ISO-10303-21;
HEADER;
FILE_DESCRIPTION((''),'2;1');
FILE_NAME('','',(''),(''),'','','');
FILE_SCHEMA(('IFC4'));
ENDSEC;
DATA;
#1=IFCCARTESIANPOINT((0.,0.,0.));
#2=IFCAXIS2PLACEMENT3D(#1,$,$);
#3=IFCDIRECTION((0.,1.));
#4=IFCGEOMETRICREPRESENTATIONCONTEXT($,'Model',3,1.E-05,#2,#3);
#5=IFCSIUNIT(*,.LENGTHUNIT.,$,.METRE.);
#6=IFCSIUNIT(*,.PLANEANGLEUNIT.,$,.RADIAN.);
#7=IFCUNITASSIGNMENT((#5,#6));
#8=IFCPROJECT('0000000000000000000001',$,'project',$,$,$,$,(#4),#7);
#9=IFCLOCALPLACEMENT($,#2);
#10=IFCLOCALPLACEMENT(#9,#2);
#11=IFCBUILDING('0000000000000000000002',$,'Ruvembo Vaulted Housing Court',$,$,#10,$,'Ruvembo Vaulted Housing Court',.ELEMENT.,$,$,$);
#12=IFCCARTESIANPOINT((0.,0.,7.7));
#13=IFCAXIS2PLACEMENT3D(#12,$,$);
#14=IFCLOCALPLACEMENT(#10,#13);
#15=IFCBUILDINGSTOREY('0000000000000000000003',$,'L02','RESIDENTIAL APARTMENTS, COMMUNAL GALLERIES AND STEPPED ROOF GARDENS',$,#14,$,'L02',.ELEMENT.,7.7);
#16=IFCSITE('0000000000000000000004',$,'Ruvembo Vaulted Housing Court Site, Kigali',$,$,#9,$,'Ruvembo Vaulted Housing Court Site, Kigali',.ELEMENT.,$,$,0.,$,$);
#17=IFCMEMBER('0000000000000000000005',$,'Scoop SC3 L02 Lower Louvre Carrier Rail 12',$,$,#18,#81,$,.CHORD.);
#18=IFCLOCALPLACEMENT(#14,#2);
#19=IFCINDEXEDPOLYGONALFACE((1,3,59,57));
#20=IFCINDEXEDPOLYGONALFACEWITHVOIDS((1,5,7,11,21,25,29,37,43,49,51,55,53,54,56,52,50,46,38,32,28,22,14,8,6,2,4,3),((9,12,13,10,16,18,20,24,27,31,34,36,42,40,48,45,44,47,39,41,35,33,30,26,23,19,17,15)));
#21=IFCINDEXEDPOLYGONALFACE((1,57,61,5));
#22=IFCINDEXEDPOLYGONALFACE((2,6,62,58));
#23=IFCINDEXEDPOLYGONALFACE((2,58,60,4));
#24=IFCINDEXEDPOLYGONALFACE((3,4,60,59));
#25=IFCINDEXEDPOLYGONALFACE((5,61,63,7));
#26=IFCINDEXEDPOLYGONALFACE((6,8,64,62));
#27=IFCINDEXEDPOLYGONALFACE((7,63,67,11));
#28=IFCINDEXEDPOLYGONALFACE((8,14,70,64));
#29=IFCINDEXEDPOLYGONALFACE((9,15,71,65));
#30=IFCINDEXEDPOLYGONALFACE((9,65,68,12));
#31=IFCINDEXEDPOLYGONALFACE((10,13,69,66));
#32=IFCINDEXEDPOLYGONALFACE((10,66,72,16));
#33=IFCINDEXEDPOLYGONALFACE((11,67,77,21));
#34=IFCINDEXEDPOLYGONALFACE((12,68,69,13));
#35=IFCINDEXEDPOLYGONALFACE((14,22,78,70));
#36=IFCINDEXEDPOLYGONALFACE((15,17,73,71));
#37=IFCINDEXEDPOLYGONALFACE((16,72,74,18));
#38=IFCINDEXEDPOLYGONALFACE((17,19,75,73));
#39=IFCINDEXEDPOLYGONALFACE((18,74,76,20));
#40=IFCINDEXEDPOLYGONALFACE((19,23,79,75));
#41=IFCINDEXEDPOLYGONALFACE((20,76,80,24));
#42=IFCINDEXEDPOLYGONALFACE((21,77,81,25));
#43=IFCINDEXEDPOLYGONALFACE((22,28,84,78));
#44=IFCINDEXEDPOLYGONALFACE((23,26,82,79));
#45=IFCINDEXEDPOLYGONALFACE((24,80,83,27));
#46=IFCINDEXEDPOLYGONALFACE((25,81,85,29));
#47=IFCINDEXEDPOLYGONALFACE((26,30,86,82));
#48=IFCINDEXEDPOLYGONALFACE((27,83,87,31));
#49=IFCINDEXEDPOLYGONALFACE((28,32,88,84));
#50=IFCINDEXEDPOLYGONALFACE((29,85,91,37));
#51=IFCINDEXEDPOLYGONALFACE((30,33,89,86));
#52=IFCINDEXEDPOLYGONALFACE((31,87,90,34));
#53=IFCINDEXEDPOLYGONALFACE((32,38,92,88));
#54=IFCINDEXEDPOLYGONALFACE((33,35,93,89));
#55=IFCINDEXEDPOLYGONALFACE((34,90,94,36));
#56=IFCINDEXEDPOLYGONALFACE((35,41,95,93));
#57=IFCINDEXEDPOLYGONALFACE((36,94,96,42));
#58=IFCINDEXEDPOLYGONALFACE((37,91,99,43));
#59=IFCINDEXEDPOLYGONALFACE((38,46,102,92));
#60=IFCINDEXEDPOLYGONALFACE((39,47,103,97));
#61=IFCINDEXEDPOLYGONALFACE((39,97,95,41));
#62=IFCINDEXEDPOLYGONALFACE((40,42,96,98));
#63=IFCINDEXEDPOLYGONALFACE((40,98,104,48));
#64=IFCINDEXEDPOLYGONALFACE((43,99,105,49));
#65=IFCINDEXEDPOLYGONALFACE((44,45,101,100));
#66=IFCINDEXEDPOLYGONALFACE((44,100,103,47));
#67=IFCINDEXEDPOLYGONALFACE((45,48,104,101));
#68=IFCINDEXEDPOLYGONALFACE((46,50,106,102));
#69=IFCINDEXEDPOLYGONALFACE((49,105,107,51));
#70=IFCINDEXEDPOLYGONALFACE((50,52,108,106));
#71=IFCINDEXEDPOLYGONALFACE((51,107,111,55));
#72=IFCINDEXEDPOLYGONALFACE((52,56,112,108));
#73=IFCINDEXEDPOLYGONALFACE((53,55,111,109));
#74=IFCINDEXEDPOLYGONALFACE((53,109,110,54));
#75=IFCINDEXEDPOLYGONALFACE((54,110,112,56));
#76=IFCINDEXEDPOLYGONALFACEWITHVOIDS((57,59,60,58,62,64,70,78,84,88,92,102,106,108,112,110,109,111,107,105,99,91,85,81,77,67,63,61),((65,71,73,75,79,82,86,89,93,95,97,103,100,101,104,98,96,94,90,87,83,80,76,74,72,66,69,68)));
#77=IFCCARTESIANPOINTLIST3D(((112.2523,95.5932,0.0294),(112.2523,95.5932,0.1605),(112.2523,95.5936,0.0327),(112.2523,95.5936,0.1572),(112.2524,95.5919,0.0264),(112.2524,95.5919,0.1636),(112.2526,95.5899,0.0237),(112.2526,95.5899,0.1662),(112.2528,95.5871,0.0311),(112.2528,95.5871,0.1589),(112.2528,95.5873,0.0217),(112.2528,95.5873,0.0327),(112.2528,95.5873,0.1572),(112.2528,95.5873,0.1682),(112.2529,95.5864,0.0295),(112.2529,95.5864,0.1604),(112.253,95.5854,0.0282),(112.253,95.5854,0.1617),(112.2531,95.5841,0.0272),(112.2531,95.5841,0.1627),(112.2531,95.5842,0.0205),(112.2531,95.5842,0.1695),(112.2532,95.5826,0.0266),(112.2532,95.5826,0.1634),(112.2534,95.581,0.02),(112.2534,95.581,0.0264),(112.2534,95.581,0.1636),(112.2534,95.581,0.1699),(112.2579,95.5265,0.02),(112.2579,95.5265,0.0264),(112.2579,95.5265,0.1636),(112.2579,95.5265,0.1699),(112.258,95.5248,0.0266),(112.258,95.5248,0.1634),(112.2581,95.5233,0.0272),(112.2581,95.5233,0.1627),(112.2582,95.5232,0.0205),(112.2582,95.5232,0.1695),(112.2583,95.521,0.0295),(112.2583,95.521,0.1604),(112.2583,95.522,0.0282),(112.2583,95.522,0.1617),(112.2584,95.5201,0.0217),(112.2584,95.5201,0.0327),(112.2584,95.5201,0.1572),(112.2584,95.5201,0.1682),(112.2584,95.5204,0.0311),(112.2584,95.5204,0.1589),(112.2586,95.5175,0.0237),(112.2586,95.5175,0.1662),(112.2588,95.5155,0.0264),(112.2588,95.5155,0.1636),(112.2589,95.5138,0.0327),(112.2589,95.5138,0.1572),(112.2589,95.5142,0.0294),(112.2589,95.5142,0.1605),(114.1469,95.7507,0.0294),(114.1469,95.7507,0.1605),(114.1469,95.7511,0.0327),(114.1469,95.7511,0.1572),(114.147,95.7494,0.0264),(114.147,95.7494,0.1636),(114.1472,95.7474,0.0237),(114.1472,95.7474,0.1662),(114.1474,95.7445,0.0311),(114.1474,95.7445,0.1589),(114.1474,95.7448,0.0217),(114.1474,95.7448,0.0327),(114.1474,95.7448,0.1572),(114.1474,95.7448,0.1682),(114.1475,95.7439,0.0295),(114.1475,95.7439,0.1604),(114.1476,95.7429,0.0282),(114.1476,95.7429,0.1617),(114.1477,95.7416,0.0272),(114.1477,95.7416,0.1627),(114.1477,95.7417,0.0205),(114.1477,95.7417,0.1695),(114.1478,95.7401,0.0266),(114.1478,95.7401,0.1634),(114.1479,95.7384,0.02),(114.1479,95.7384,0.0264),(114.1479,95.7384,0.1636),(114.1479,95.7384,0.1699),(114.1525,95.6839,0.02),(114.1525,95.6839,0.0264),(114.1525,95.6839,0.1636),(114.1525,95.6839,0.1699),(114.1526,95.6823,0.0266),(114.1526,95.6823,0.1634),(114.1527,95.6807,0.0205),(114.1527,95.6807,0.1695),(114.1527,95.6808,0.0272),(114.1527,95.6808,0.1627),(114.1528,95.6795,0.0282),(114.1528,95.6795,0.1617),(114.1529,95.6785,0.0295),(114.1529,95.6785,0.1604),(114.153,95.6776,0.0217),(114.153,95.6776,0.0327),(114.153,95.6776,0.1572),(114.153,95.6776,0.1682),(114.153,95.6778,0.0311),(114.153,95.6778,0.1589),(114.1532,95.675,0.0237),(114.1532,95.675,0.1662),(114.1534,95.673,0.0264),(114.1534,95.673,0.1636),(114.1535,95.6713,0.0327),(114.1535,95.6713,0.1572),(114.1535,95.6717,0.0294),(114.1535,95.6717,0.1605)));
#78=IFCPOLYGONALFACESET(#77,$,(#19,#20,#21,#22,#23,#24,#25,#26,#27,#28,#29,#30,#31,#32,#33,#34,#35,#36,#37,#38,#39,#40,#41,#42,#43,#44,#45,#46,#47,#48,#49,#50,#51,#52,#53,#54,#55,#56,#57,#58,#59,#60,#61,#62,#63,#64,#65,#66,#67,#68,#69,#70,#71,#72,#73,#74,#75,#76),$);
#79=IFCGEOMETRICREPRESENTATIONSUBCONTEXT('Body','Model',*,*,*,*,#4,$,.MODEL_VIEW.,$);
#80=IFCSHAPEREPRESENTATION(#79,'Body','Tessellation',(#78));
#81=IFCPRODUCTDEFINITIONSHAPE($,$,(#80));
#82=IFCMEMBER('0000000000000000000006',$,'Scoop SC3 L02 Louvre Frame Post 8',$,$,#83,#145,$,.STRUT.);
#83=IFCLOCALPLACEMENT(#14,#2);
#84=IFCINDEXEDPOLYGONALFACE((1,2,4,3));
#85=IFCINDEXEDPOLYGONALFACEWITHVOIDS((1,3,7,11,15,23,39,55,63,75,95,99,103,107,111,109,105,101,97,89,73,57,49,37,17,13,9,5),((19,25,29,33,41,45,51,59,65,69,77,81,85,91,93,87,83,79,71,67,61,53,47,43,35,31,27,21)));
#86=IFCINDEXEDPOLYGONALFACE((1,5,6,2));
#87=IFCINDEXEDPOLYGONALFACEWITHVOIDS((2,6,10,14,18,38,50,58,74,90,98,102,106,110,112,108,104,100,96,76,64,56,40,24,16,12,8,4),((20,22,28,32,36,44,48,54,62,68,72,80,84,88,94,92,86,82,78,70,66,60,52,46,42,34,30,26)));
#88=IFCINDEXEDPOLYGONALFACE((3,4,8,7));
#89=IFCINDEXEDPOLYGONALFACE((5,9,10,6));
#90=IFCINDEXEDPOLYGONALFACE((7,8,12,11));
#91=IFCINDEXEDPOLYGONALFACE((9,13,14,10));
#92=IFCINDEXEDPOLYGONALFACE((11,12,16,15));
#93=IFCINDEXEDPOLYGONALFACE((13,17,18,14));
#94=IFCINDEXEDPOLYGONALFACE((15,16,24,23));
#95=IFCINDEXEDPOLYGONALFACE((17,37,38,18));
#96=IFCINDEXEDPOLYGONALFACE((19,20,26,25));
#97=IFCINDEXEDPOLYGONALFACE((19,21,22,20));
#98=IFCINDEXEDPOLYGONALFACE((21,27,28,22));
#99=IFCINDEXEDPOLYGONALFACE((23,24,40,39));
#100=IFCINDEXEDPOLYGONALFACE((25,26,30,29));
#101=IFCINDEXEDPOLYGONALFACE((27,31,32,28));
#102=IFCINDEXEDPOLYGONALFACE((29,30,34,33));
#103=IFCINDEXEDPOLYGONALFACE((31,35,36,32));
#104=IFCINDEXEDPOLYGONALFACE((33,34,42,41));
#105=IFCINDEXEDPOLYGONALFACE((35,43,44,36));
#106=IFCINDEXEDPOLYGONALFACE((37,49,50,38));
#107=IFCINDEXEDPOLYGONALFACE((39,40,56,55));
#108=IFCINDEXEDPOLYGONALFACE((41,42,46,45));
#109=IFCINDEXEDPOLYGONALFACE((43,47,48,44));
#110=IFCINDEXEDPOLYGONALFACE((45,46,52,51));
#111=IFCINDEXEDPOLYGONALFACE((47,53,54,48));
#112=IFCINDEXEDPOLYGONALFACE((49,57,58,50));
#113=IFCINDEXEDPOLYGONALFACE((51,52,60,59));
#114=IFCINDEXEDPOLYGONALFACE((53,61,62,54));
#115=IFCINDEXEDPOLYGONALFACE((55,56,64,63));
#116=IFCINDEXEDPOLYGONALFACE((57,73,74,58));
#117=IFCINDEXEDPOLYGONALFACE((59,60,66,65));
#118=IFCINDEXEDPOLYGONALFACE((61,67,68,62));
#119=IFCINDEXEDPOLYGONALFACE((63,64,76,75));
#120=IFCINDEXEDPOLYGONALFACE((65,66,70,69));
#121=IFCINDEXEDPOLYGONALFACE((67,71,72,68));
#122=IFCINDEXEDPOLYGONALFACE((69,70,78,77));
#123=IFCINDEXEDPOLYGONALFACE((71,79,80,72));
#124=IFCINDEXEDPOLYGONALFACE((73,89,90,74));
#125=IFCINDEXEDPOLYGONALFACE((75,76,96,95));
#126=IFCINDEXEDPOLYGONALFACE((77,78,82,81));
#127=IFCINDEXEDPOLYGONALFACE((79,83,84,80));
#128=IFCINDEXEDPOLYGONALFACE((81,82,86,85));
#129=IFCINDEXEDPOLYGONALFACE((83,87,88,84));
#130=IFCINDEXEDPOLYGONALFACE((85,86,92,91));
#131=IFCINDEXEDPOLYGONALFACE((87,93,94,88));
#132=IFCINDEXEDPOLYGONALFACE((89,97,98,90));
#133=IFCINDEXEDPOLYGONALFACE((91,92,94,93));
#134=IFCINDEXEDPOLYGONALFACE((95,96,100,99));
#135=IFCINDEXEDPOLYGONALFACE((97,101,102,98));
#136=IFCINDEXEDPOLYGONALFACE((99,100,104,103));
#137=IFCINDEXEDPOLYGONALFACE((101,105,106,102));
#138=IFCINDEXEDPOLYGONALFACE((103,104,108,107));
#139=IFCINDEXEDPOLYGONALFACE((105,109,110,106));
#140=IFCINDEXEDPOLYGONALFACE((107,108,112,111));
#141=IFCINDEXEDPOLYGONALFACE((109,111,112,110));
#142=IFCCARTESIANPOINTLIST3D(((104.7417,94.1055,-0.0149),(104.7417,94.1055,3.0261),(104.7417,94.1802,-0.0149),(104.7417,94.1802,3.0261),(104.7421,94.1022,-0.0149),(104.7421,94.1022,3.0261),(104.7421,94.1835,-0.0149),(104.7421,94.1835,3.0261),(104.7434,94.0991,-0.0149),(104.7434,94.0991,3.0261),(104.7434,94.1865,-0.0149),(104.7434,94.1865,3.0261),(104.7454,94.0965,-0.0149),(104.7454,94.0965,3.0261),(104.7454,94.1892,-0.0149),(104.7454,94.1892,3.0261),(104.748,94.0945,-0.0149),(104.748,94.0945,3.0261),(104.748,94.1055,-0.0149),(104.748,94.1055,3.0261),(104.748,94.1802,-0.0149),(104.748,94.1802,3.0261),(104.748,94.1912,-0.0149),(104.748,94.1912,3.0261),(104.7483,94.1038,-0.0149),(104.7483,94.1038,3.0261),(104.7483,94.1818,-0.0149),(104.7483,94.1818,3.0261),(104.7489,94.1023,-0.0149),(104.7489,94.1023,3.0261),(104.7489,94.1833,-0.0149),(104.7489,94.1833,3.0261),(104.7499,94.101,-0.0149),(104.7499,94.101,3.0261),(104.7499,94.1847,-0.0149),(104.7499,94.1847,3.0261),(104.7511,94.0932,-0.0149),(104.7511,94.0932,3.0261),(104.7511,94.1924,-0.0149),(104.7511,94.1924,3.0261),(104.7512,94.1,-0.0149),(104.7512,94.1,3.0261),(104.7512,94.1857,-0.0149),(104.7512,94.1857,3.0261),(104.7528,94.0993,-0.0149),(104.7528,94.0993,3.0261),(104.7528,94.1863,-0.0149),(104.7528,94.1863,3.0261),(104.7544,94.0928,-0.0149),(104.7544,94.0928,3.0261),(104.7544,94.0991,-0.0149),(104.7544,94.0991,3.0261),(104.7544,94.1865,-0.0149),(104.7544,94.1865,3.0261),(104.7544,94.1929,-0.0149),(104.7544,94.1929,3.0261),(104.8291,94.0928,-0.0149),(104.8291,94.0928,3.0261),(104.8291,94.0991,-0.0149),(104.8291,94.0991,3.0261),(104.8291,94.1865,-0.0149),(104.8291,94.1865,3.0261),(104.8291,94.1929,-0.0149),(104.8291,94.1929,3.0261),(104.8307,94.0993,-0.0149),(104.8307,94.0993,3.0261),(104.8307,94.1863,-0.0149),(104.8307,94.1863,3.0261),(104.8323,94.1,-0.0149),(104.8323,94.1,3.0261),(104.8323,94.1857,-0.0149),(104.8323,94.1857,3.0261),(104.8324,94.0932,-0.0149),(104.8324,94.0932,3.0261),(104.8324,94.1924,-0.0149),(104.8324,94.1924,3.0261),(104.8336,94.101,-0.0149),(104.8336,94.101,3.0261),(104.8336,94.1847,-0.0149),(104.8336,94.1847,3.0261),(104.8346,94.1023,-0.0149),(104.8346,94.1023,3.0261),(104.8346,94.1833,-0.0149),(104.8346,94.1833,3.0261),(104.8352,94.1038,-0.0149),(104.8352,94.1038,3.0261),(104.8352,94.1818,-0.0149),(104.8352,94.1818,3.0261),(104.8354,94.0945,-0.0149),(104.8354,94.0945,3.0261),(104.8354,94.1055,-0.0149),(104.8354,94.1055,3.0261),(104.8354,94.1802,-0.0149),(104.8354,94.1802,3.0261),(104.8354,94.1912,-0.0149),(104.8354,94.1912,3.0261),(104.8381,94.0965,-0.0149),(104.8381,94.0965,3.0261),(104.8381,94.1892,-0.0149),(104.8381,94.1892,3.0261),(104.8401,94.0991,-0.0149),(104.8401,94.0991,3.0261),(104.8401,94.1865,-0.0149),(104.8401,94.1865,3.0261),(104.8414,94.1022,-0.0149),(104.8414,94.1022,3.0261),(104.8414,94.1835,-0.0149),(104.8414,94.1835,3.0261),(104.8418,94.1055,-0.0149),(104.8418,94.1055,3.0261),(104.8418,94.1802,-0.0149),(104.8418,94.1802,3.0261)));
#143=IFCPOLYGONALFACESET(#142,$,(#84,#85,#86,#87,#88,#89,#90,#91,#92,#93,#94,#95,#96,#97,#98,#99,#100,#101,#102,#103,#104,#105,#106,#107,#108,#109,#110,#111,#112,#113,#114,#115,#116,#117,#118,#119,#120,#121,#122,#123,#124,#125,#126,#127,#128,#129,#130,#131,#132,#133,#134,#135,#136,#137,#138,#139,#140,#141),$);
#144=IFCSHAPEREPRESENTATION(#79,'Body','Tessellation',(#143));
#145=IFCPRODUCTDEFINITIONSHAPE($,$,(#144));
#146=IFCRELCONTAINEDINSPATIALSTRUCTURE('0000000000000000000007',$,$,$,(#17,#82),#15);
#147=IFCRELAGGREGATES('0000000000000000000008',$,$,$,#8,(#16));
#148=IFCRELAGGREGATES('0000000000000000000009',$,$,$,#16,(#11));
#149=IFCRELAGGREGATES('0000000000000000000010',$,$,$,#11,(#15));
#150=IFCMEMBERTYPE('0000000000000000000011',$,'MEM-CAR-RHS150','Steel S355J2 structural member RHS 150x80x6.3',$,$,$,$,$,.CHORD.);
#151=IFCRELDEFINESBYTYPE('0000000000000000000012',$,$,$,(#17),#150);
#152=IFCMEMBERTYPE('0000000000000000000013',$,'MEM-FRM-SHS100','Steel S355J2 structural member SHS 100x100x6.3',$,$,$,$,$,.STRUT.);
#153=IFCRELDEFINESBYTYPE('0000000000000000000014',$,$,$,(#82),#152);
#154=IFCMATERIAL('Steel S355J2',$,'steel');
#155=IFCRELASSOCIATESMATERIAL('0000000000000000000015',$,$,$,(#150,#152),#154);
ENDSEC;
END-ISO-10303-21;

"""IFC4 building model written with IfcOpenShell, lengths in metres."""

from ifc_helpers import new_model, si_unit, direction, frame, origin, origin_2d, place, context, subcontext, project, spatial, hollow_rectangle, extrude, material, material_profile, profile_set, type_object, element, save


model = new_model("IFC4")

# Units and contexts
model_context = context("Model", 3, precision=1e-05, world=origin(), true_north=direction((0.0, 1.0)))
body_context = subcontext(model_context, "Body", "Model", "MODEL_VIEW")
ifc_project = project(units=[si_unit("LENGTHUNIT", "METRE"), si_unit("PLANEANGLEUNIT", "RADIAN")], contexts=[model_context])

# Site, building, storey
site_placement = place(None, origin())
site = spatial("IfcSite", under=ifc_project, at=site_placement, Name="Ruvembo Vaulted Housing Court Site, Kigali", LongName="Ruvembo Vaulted Housing Court Site, Kigali", CompositionType="ELEMENT", RefElevation=0.0)
building_placement = place(site_placement, origin())
building = spatial("IfcBuilding", under=site, at=building_placement, Name="Ruvembo Vaulted Housing Court", LongName="Ruvembo Vaulted Housing Court", CompositionType="ELEMENT")
storey_placement = place(building_placement, frame((0.0, 0.0, 7.7)))
storey = spatial("IfcBuildingStorey", under=building, at=storey_placement, Name="L02", Description="RESIDENTIAL APARTMENTS, COMMUNAL GALLERIES AND STEPPED ROOF GARDENS", LongName="L02", CompositionType="ELEMENT", Elevation=7.7)

# Shared definitions
ifc_material_1 = material(Name="Steel S355J2", Category="steel")

# Members
ifc_material_profile_1 = material_profile(ifc_material_1, hollow_rectangle(XDim=0.0801, YDim=0.1499, WallThickness=0.0063, InnerFilletRadius=0.0063, OuterFilletRadius=0.0127, at=origin_2d()), Name="RHS 150x80x6.3")
ifc_profile_set_1 = profile_set([ifc_material_profile_1], Name="Steel S355J2")
member_type_1 = type_object("IfcMemberType", Name="MEM-CAR-RHS150", Description="Steel S355J2 structural member RHS 150x80x6.3", PredefinedType="CHORD", material=ifc_profile_set_1)
for number, where, z_axis, x_axis, name in (
    (1, (112.2556, 95.5537, 0.095), (0.996563, 0.082833, 0.0), (-0.082833, 0.996563, 0.0), "Scoop SC3 L02 Lower Louvre Carrier Rail 12"),
):
    element("IfcMember", number, at=place(storey_placement, frame(where, z_axis=z_axis, x_axis=x_axis)), inside=storey, type_object=member_type_1, Name=name, PredefinedType="CHORD", context=body_context, shape_type="SweptSolid", body=[
        extrude(hollow_rectangle(XDim=0.0801, YDim=0.1499, WallThickness=0.0063, InnerFilletRadius=0.0063, OuterFilletRadius=0.0127, at=origin_2d()), origin(), (0.0, 0.0, 1.0), 1.9011),
    ])
ifc_material_profile_2 = material_profile(ifc_material_1, hollow_rectangle(XDim=0.1001, YDim=0.1001, WallThickness=0.0063, InnerFilletRadius=0.0063, OuterFilletRadius=0.0127, at=origin_2d()), Name="SHS 100x100x6.3")
ifc_profile_set_2 = profile_set([ifc_material_profile_2], Name="Steel S355J2")
member_type_2 = type_object("IfcMemberType", Name="MEM-FRM-SHS100", Description="Steel S355J2 structural member SHS 100x100x6.3", PredefinedType="STRUT", material=ifc_profile_set_2)
for number, where, z_axis, x_axis, name in (
    (2, (104.7917, 94.1428, -0.0149), (0.0, 0.0, 1.0), (1.0, 0.0, 0.0), "Scoop SC3 L02 Louvre Frame Post 8"),
):
    element("IfcMember", number, at=place(storey_placement, frame(where, z_axis=z_axis, x_axis=x_axis)), inside=storey, type_object=member_type_2, Name=name, PredefinedType="STRUT", context=body_context, shape_type="SweptSolid", body=[
        extrude(hollow_rectangle(XDim=0.1001, YDim=0.1001, WallThickness=0.0063, InnerFilletRadius=0.0063, OuterFilletRadius=0.0127, at=origin_2d()), origin(), (0.0, 0.0, 1.0), 3.041),
    ])

save(model, "model.ifc")
